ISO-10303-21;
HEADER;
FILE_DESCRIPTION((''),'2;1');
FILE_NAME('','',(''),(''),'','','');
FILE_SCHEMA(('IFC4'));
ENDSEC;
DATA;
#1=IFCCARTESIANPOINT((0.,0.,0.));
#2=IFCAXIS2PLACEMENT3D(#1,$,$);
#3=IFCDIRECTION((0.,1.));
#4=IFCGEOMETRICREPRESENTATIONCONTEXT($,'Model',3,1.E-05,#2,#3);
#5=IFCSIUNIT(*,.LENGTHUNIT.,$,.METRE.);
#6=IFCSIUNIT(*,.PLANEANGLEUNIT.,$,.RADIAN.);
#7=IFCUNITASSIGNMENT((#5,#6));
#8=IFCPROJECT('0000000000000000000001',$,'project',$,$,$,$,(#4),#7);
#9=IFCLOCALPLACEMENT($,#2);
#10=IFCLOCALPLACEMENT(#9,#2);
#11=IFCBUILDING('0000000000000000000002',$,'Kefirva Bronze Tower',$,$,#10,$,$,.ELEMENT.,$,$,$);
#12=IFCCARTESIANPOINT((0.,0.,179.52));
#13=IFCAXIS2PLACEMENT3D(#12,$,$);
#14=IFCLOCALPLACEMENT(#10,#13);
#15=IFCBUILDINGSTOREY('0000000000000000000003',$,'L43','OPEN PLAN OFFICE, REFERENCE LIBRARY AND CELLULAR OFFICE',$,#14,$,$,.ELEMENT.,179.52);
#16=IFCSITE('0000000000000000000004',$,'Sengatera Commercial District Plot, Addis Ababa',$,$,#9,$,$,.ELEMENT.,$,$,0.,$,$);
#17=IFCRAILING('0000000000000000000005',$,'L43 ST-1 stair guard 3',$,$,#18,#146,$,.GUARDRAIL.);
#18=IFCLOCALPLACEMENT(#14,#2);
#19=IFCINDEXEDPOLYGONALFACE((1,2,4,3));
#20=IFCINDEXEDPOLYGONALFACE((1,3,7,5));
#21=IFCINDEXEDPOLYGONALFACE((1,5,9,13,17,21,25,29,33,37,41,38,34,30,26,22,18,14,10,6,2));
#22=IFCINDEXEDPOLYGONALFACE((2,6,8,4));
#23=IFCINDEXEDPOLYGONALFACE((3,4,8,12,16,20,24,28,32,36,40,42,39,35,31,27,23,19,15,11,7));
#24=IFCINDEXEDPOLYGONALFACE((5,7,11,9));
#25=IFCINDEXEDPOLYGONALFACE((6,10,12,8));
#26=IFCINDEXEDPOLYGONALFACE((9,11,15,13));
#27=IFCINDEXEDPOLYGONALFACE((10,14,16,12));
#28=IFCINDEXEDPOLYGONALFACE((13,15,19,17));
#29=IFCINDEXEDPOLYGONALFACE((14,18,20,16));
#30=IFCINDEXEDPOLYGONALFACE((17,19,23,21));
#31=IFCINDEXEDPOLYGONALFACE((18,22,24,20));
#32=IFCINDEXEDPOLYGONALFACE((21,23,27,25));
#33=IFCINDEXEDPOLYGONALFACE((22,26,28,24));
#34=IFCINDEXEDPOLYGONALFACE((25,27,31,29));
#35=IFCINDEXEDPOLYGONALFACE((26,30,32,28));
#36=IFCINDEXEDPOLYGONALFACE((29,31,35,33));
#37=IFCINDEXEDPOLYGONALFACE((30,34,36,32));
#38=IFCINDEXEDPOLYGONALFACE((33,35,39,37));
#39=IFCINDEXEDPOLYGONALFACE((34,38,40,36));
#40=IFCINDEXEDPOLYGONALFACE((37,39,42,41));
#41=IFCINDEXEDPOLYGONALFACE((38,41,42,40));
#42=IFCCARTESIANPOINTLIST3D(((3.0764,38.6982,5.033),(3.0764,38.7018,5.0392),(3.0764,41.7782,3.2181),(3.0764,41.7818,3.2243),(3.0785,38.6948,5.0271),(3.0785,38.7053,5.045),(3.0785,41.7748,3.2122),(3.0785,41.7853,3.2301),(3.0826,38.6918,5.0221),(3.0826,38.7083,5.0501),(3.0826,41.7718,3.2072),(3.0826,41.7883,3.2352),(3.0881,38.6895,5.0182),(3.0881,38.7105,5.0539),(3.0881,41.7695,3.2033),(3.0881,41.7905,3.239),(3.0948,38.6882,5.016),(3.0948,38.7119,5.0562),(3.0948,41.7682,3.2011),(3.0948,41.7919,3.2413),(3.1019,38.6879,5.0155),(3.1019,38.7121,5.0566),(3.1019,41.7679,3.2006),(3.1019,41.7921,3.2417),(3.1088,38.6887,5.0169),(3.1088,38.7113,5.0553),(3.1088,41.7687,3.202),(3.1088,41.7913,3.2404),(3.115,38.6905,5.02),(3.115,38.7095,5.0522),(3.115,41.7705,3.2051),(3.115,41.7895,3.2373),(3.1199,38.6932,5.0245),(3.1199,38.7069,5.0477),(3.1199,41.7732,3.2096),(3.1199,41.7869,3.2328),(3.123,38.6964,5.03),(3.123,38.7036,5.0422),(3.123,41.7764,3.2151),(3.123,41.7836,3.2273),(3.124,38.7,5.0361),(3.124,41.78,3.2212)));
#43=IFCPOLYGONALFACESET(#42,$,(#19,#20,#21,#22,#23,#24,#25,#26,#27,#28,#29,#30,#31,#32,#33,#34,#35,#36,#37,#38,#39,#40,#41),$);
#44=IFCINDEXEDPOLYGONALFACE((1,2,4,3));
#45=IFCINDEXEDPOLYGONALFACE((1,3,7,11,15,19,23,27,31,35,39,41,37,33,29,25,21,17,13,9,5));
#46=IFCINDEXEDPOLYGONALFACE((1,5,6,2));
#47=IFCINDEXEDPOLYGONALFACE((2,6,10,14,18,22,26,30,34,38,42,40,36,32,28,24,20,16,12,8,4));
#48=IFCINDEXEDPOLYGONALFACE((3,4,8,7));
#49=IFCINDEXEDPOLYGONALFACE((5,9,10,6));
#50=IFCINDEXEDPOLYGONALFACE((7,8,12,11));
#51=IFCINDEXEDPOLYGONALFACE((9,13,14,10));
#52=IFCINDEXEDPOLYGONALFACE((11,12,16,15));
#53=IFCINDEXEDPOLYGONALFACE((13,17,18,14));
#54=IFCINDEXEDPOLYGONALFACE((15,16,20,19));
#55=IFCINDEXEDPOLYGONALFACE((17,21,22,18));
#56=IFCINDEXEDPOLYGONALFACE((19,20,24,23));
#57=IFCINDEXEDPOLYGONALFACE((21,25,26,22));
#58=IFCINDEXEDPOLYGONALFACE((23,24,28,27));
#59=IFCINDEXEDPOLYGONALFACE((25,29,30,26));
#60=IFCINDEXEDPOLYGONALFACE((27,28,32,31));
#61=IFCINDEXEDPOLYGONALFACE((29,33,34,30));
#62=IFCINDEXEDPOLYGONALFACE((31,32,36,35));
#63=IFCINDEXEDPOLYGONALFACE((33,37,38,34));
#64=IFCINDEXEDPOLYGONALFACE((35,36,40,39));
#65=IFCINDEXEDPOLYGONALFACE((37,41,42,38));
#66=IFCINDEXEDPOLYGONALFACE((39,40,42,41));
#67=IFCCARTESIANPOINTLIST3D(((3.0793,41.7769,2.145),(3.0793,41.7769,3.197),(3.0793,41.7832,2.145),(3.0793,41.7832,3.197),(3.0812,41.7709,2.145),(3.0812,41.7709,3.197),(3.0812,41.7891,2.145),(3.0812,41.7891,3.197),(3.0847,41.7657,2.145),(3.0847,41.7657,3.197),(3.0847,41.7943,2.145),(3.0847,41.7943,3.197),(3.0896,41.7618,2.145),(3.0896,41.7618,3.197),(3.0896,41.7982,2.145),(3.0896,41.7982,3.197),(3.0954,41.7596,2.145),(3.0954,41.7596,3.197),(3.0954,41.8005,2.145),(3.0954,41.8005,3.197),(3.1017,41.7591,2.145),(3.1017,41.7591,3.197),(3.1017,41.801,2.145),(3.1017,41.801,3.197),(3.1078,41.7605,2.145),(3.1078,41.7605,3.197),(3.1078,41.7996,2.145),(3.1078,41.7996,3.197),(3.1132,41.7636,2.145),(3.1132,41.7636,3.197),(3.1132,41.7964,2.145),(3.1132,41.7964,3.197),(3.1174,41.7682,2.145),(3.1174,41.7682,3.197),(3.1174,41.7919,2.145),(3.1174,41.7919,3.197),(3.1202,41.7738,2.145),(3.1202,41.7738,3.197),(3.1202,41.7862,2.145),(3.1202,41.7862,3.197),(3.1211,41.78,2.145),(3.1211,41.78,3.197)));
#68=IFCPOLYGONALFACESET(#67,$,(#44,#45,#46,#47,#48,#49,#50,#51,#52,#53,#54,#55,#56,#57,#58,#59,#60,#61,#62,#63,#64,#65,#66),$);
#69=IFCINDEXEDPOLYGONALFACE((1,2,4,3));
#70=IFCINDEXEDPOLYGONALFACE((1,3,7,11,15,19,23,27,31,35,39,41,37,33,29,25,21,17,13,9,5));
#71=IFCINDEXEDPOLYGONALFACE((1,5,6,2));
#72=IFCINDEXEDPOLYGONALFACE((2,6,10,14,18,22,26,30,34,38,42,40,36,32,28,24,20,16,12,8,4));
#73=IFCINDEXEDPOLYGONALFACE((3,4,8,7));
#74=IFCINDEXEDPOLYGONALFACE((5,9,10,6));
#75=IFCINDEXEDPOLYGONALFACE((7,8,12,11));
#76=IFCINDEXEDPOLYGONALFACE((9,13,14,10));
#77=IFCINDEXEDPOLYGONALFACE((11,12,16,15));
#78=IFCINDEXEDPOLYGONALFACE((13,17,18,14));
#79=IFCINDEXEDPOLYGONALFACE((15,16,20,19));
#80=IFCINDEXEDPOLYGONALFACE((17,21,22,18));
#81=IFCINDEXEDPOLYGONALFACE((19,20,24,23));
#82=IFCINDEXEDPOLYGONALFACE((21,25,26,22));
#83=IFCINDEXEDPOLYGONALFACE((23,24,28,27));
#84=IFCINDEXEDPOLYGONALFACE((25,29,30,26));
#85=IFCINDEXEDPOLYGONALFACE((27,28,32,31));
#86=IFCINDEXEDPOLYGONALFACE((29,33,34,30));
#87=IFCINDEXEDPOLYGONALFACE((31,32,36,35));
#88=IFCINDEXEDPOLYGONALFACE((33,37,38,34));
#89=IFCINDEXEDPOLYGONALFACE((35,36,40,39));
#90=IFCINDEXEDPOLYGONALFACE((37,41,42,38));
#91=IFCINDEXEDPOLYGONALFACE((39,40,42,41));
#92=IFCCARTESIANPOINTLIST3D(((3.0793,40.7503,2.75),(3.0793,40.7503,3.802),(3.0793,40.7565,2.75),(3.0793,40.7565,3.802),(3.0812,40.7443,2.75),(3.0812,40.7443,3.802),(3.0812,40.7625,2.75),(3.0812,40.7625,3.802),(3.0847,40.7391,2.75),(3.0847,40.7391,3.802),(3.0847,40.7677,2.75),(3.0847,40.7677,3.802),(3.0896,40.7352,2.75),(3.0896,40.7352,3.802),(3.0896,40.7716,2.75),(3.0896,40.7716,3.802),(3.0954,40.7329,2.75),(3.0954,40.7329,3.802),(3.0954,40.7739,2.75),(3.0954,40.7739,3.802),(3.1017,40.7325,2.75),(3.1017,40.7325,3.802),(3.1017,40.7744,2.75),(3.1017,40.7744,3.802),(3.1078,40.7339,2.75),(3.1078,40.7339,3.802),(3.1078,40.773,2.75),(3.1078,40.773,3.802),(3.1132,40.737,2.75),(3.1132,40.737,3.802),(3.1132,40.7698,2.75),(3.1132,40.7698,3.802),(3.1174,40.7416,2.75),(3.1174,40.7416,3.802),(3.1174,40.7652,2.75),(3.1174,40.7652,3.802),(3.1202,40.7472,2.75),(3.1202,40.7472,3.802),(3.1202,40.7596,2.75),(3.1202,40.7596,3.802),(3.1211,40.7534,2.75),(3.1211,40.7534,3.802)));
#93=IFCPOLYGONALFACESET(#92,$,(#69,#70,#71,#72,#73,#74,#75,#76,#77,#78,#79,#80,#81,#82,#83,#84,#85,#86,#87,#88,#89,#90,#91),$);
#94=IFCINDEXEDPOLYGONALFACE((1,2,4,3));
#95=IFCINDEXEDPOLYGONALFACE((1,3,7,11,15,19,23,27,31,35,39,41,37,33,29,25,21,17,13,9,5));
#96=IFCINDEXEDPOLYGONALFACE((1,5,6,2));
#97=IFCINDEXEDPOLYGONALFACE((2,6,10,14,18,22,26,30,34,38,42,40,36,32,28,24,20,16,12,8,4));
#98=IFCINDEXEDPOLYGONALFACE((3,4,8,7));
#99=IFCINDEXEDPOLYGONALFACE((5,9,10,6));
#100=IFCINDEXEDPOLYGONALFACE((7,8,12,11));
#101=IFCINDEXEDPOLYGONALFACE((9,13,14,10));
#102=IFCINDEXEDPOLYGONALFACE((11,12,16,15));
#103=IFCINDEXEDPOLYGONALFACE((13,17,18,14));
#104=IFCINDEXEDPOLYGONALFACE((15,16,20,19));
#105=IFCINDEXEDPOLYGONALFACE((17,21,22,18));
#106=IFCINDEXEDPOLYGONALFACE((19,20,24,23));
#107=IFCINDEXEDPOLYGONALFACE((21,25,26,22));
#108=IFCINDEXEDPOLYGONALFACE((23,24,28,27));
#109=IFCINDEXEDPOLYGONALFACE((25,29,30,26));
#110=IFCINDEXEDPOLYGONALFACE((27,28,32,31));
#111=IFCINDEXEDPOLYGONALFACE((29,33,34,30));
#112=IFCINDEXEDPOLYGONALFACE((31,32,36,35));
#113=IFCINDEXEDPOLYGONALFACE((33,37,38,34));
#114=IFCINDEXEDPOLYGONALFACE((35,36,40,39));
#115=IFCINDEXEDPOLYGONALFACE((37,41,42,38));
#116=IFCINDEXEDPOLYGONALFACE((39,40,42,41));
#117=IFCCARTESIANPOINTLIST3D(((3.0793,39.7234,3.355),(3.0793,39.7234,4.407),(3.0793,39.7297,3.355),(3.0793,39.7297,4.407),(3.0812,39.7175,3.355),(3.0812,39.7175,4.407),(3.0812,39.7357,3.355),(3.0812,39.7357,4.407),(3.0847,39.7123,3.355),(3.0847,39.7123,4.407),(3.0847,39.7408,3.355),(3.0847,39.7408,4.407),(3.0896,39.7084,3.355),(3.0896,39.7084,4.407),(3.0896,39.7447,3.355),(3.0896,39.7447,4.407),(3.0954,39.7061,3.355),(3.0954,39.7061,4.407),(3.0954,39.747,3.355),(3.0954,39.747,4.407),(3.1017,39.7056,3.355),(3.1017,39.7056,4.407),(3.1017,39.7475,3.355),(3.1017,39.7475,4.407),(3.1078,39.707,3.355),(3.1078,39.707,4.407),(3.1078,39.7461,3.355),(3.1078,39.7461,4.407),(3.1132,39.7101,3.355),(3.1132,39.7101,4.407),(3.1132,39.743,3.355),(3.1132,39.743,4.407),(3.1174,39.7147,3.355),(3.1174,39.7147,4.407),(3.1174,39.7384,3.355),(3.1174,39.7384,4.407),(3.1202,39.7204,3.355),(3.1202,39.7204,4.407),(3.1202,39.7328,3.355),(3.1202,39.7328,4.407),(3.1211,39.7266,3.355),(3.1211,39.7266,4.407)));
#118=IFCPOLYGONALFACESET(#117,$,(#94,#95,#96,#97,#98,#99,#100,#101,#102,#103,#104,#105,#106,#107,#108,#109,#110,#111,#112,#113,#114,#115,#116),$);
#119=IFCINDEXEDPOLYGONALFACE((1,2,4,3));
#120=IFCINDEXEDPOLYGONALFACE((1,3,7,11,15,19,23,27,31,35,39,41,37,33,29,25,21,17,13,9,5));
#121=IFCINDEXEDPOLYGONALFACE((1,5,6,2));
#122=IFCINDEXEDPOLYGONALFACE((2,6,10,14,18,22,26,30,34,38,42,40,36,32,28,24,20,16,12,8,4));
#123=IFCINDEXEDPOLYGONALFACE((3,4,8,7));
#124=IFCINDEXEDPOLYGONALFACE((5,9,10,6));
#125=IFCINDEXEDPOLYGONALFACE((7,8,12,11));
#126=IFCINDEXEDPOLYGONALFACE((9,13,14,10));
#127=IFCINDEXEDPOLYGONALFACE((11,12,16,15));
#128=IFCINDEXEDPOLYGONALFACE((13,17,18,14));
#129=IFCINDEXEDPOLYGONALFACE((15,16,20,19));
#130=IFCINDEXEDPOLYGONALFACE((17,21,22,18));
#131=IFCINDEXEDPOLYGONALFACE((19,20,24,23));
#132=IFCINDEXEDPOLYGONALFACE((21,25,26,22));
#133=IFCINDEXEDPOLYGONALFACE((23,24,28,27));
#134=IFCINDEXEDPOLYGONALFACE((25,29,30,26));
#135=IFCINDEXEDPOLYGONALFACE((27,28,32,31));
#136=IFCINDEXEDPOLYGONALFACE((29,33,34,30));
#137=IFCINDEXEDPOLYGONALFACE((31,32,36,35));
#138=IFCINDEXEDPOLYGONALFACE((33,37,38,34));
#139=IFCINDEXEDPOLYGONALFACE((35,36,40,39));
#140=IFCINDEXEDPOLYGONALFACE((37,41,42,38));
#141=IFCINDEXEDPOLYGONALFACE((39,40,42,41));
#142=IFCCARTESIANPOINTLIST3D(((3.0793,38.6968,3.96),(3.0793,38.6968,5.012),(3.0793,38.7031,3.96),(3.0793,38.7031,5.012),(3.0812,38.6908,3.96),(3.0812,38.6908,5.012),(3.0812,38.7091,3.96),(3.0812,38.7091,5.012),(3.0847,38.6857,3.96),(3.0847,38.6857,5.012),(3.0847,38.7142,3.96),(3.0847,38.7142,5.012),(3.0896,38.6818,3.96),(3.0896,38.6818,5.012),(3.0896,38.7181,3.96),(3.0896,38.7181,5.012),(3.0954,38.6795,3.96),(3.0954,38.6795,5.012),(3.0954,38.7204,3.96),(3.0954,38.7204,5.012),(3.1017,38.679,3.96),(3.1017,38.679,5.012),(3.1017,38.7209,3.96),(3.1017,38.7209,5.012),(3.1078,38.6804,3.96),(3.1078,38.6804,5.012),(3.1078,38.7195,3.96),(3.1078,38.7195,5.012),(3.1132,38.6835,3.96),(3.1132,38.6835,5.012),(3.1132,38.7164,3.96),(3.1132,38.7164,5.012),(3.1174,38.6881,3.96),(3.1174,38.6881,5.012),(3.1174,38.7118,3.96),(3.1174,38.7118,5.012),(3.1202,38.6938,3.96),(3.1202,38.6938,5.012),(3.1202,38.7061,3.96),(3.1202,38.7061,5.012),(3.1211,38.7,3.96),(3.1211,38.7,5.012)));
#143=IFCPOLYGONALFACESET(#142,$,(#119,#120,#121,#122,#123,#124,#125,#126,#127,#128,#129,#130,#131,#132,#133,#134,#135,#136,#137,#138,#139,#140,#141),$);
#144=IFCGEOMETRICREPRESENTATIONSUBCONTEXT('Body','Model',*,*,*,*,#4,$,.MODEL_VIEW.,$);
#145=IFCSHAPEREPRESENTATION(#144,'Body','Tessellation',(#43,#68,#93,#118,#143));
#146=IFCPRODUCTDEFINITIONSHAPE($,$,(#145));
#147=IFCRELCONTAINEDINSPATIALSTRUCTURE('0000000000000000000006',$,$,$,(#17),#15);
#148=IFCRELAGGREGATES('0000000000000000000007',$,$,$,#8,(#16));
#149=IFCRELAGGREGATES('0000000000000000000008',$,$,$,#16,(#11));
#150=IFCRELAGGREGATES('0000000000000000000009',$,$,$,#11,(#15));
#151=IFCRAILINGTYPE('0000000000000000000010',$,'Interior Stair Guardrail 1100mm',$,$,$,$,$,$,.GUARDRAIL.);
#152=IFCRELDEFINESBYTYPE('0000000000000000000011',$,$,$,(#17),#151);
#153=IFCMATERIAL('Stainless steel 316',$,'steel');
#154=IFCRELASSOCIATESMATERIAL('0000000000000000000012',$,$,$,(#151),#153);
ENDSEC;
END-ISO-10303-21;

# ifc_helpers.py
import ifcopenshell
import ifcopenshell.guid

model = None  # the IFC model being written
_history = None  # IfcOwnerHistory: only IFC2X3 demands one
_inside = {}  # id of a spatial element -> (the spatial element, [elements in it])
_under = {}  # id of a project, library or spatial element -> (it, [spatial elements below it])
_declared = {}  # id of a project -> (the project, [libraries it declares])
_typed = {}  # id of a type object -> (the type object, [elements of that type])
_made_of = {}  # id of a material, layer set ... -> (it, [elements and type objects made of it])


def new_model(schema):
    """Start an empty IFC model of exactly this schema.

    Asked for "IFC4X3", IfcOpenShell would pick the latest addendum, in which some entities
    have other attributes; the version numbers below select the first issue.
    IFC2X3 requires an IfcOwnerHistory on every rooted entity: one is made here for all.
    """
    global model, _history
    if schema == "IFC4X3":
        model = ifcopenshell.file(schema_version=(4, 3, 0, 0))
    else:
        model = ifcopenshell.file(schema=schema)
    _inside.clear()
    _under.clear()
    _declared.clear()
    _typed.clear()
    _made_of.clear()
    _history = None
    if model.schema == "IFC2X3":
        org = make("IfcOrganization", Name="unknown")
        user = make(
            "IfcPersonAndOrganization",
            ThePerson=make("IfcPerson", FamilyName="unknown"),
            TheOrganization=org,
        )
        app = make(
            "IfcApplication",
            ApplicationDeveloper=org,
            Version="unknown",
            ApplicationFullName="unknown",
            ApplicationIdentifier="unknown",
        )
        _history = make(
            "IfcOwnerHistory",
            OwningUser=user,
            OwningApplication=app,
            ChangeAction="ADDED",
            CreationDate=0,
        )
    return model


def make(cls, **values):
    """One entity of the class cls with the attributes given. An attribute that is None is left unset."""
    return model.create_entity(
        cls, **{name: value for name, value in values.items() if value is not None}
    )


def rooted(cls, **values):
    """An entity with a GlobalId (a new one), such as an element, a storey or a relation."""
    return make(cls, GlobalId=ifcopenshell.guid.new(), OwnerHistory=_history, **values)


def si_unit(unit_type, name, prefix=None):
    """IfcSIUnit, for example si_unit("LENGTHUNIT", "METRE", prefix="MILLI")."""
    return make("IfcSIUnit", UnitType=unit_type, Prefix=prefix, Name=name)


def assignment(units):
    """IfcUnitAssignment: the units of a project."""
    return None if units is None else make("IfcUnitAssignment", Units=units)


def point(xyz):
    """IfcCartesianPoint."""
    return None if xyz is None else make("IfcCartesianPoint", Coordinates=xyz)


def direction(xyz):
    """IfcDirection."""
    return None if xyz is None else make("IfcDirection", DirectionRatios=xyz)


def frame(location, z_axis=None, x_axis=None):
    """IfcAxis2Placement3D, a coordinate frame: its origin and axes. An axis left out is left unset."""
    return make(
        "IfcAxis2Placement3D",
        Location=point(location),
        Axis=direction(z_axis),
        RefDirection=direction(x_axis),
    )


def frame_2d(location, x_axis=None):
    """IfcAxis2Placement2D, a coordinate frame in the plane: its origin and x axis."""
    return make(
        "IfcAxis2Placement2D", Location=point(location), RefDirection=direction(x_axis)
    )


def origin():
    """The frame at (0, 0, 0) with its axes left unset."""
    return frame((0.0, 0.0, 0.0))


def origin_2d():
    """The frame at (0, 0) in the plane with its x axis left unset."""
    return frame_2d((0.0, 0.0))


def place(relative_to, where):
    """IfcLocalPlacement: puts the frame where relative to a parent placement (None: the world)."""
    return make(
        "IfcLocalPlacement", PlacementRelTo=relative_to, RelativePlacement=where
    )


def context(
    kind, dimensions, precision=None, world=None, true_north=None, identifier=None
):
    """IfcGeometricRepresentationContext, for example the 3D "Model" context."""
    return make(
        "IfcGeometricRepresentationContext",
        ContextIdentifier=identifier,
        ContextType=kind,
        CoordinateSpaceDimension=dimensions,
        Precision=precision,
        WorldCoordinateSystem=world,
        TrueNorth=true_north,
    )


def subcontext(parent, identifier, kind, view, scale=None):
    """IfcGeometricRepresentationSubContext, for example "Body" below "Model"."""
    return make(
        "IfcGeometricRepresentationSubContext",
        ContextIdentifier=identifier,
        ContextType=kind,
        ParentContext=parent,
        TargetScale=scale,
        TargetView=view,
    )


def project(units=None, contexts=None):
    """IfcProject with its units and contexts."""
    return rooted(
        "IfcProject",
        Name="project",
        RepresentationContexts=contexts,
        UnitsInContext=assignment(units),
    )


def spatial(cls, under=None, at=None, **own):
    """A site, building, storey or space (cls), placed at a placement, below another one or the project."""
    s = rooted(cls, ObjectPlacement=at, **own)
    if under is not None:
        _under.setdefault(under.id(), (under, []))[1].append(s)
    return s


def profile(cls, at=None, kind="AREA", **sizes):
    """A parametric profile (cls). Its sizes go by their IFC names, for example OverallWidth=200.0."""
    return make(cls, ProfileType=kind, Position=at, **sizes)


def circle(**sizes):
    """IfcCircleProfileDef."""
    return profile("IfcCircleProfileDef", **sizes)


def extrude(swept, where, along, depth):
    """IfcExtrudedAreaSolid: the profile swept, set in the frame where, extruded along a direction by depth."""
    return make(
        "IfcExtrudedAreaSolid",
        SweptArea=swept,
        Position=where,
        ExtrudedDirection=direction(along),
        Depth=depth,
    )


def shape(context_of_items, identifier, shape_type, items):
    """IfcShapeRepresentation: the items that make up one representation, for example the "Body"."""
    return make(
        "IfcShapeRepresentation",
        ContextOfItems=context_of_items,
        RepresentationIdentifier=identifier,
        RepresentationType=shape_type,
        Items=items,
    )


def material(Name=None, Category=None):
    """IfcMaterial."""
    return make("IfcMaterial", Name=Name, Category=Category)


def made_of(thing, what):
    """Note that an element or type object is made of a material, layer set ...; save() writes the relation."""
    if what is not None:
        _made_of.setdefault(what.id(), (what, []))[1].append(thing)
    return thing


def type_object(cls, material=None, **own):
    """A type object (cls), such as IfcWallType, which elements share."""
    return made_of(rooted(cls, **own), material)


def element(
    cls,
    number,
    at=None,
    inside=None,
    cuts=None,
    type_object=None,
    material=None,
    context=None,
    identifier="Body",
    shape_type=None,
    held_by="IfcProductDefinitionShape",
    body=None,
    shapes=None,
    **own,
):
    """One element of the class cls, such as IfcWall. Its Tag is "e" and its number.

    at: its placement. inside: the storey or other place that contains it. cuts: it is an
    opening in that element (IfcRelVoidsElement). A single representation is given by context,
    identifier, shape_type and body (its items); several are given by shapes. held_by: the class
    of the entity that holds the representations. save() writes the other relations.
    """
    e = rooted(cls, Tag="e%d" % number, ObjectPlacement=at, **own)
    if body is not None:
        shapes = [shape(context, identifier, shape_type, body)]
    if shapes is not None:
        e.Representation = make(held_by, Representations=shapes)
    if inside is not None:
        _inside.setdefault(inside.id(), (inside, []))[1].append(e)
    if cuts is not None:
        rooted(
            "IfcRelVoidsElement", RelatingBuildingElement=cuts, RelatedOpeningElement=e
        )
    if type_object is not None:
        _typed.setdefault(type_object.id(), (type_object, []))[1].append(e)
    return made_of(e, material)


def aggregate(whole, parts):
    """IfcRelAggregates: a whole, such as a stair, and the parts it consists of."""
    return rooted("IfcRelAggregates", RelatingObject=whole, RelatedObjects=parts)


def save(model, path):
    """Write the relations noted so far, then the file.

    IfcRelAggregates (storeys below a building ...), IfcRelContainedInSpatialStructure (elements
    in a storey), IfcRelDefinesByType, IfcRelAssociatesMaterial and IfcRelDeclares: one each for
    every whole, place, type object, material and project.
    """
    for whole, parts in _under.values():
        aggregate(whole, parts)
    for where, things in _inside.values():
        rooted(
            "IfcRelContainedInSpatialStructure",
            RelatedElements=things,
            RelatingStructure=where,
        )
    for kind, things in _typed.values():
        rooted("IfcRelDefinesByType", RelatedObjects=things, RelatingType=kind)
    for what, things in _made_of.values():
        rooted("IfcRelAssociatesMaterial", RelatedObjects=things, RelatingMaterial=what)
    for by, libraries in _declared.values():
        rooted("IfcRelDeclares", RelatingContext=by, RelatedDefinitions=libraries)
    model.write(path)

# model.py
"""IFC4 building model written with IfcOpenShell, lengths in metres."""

from ifc_helpers import new_model, si_unit, direction, frame, origin, origin_2d, place, context, subcontext, project, spatial, circle, extrude, material, type_object, element, save


model = new_model("IFC4")

# Units and contexts
model_context = context("Model", 3, precision=1e-05, world=origin(), true_north=direction((0.0, 1.0)))
body_context = subcontext(model_context, "Body", "Model", "MODEL_VIEW")
ifc_project = project(units=[si_unit("LENGTHUNIT", "METRE"), si_unit("PLANEANGLEUNIT", "RADIAN")], contexts=[model_context])

# Site, building, storey
site_placement = place(None, origin())
site = spatial("IfcSite", under=ifc_project, at=site_placement, Name="Sengatera Commercial District Plot, Addis Ababa", CompositionType="ELEMENT", RefElevation=0.0)
building_placement = place(site_placement, origin())
building = spatial("IfcBuilding", under=site, at=building_placement, Name="Kefirva Bronze Tower", CompositionType="ELEMENT")
storey_placement = place(building_placement, frame((0.0, 0.0, 179.52)))
storey = spatial("IfcBuildingStorey", under=building, at=storey_placement, Name="L43", Description="OPEN PLAN OFFICE, REFERENCE LIBRARY AND CELLULAR OFFICE", CompositionType="ELEMENT", Elevation=179.52)

# Railing
ifc_material_1 = material(Name="Stainless steel 316", Category="steel")
railing_type_1 = type_object("IfcRailingType", Name="Interior Stair Guardrail 1100mm", PredefinedType="GUARDRAIL", material=ifc_material_1)
railing_1_placement = place(storey_placement, frame((3.1001, 41.78, 2.145)))
element("IfcRailing", 1, at=railing_1_placement, inside=storey, type_object=railing_type_1, Name="L43 ST-1 stair guard 3", PredefinedType="GUARDRAIL", context=body_context, shape_type="SweptSolid", body=[
    extrude(circle(Radius=0.0239, at=origin_2d()), frame((0.0, 0.0, 1.0762), z_axis=(0.0, -0.861551, 0.507671), x_axis=(1.0, 0.0, 0.0)), (0.0, 0.0, 1.0), 3.575),
    extrude(circle(Radius=0.021, at=origin_2d()), origin(), (0.0, 0.0, 1.0), 1.052),
    extrude(circle(Radius=0.021, at=origin_2d()), frame((0.0, -1.0266, 0.605)), (0.0, 0.0, 1.0), 1.052),
    extrude(circle(Radius=0.021, at=origin_2d()), frame((0.0, -2.0535, 1.21)), (0.0, 0.0, 1.0), 1.052),
    extrude(circle(Radius=0.021, at=origin_2d()), frame((0.0, -3.0801, 1.8149)), (0.0, 0.0, 1.0), 1.052),
])

save(model, "model.ifc")
